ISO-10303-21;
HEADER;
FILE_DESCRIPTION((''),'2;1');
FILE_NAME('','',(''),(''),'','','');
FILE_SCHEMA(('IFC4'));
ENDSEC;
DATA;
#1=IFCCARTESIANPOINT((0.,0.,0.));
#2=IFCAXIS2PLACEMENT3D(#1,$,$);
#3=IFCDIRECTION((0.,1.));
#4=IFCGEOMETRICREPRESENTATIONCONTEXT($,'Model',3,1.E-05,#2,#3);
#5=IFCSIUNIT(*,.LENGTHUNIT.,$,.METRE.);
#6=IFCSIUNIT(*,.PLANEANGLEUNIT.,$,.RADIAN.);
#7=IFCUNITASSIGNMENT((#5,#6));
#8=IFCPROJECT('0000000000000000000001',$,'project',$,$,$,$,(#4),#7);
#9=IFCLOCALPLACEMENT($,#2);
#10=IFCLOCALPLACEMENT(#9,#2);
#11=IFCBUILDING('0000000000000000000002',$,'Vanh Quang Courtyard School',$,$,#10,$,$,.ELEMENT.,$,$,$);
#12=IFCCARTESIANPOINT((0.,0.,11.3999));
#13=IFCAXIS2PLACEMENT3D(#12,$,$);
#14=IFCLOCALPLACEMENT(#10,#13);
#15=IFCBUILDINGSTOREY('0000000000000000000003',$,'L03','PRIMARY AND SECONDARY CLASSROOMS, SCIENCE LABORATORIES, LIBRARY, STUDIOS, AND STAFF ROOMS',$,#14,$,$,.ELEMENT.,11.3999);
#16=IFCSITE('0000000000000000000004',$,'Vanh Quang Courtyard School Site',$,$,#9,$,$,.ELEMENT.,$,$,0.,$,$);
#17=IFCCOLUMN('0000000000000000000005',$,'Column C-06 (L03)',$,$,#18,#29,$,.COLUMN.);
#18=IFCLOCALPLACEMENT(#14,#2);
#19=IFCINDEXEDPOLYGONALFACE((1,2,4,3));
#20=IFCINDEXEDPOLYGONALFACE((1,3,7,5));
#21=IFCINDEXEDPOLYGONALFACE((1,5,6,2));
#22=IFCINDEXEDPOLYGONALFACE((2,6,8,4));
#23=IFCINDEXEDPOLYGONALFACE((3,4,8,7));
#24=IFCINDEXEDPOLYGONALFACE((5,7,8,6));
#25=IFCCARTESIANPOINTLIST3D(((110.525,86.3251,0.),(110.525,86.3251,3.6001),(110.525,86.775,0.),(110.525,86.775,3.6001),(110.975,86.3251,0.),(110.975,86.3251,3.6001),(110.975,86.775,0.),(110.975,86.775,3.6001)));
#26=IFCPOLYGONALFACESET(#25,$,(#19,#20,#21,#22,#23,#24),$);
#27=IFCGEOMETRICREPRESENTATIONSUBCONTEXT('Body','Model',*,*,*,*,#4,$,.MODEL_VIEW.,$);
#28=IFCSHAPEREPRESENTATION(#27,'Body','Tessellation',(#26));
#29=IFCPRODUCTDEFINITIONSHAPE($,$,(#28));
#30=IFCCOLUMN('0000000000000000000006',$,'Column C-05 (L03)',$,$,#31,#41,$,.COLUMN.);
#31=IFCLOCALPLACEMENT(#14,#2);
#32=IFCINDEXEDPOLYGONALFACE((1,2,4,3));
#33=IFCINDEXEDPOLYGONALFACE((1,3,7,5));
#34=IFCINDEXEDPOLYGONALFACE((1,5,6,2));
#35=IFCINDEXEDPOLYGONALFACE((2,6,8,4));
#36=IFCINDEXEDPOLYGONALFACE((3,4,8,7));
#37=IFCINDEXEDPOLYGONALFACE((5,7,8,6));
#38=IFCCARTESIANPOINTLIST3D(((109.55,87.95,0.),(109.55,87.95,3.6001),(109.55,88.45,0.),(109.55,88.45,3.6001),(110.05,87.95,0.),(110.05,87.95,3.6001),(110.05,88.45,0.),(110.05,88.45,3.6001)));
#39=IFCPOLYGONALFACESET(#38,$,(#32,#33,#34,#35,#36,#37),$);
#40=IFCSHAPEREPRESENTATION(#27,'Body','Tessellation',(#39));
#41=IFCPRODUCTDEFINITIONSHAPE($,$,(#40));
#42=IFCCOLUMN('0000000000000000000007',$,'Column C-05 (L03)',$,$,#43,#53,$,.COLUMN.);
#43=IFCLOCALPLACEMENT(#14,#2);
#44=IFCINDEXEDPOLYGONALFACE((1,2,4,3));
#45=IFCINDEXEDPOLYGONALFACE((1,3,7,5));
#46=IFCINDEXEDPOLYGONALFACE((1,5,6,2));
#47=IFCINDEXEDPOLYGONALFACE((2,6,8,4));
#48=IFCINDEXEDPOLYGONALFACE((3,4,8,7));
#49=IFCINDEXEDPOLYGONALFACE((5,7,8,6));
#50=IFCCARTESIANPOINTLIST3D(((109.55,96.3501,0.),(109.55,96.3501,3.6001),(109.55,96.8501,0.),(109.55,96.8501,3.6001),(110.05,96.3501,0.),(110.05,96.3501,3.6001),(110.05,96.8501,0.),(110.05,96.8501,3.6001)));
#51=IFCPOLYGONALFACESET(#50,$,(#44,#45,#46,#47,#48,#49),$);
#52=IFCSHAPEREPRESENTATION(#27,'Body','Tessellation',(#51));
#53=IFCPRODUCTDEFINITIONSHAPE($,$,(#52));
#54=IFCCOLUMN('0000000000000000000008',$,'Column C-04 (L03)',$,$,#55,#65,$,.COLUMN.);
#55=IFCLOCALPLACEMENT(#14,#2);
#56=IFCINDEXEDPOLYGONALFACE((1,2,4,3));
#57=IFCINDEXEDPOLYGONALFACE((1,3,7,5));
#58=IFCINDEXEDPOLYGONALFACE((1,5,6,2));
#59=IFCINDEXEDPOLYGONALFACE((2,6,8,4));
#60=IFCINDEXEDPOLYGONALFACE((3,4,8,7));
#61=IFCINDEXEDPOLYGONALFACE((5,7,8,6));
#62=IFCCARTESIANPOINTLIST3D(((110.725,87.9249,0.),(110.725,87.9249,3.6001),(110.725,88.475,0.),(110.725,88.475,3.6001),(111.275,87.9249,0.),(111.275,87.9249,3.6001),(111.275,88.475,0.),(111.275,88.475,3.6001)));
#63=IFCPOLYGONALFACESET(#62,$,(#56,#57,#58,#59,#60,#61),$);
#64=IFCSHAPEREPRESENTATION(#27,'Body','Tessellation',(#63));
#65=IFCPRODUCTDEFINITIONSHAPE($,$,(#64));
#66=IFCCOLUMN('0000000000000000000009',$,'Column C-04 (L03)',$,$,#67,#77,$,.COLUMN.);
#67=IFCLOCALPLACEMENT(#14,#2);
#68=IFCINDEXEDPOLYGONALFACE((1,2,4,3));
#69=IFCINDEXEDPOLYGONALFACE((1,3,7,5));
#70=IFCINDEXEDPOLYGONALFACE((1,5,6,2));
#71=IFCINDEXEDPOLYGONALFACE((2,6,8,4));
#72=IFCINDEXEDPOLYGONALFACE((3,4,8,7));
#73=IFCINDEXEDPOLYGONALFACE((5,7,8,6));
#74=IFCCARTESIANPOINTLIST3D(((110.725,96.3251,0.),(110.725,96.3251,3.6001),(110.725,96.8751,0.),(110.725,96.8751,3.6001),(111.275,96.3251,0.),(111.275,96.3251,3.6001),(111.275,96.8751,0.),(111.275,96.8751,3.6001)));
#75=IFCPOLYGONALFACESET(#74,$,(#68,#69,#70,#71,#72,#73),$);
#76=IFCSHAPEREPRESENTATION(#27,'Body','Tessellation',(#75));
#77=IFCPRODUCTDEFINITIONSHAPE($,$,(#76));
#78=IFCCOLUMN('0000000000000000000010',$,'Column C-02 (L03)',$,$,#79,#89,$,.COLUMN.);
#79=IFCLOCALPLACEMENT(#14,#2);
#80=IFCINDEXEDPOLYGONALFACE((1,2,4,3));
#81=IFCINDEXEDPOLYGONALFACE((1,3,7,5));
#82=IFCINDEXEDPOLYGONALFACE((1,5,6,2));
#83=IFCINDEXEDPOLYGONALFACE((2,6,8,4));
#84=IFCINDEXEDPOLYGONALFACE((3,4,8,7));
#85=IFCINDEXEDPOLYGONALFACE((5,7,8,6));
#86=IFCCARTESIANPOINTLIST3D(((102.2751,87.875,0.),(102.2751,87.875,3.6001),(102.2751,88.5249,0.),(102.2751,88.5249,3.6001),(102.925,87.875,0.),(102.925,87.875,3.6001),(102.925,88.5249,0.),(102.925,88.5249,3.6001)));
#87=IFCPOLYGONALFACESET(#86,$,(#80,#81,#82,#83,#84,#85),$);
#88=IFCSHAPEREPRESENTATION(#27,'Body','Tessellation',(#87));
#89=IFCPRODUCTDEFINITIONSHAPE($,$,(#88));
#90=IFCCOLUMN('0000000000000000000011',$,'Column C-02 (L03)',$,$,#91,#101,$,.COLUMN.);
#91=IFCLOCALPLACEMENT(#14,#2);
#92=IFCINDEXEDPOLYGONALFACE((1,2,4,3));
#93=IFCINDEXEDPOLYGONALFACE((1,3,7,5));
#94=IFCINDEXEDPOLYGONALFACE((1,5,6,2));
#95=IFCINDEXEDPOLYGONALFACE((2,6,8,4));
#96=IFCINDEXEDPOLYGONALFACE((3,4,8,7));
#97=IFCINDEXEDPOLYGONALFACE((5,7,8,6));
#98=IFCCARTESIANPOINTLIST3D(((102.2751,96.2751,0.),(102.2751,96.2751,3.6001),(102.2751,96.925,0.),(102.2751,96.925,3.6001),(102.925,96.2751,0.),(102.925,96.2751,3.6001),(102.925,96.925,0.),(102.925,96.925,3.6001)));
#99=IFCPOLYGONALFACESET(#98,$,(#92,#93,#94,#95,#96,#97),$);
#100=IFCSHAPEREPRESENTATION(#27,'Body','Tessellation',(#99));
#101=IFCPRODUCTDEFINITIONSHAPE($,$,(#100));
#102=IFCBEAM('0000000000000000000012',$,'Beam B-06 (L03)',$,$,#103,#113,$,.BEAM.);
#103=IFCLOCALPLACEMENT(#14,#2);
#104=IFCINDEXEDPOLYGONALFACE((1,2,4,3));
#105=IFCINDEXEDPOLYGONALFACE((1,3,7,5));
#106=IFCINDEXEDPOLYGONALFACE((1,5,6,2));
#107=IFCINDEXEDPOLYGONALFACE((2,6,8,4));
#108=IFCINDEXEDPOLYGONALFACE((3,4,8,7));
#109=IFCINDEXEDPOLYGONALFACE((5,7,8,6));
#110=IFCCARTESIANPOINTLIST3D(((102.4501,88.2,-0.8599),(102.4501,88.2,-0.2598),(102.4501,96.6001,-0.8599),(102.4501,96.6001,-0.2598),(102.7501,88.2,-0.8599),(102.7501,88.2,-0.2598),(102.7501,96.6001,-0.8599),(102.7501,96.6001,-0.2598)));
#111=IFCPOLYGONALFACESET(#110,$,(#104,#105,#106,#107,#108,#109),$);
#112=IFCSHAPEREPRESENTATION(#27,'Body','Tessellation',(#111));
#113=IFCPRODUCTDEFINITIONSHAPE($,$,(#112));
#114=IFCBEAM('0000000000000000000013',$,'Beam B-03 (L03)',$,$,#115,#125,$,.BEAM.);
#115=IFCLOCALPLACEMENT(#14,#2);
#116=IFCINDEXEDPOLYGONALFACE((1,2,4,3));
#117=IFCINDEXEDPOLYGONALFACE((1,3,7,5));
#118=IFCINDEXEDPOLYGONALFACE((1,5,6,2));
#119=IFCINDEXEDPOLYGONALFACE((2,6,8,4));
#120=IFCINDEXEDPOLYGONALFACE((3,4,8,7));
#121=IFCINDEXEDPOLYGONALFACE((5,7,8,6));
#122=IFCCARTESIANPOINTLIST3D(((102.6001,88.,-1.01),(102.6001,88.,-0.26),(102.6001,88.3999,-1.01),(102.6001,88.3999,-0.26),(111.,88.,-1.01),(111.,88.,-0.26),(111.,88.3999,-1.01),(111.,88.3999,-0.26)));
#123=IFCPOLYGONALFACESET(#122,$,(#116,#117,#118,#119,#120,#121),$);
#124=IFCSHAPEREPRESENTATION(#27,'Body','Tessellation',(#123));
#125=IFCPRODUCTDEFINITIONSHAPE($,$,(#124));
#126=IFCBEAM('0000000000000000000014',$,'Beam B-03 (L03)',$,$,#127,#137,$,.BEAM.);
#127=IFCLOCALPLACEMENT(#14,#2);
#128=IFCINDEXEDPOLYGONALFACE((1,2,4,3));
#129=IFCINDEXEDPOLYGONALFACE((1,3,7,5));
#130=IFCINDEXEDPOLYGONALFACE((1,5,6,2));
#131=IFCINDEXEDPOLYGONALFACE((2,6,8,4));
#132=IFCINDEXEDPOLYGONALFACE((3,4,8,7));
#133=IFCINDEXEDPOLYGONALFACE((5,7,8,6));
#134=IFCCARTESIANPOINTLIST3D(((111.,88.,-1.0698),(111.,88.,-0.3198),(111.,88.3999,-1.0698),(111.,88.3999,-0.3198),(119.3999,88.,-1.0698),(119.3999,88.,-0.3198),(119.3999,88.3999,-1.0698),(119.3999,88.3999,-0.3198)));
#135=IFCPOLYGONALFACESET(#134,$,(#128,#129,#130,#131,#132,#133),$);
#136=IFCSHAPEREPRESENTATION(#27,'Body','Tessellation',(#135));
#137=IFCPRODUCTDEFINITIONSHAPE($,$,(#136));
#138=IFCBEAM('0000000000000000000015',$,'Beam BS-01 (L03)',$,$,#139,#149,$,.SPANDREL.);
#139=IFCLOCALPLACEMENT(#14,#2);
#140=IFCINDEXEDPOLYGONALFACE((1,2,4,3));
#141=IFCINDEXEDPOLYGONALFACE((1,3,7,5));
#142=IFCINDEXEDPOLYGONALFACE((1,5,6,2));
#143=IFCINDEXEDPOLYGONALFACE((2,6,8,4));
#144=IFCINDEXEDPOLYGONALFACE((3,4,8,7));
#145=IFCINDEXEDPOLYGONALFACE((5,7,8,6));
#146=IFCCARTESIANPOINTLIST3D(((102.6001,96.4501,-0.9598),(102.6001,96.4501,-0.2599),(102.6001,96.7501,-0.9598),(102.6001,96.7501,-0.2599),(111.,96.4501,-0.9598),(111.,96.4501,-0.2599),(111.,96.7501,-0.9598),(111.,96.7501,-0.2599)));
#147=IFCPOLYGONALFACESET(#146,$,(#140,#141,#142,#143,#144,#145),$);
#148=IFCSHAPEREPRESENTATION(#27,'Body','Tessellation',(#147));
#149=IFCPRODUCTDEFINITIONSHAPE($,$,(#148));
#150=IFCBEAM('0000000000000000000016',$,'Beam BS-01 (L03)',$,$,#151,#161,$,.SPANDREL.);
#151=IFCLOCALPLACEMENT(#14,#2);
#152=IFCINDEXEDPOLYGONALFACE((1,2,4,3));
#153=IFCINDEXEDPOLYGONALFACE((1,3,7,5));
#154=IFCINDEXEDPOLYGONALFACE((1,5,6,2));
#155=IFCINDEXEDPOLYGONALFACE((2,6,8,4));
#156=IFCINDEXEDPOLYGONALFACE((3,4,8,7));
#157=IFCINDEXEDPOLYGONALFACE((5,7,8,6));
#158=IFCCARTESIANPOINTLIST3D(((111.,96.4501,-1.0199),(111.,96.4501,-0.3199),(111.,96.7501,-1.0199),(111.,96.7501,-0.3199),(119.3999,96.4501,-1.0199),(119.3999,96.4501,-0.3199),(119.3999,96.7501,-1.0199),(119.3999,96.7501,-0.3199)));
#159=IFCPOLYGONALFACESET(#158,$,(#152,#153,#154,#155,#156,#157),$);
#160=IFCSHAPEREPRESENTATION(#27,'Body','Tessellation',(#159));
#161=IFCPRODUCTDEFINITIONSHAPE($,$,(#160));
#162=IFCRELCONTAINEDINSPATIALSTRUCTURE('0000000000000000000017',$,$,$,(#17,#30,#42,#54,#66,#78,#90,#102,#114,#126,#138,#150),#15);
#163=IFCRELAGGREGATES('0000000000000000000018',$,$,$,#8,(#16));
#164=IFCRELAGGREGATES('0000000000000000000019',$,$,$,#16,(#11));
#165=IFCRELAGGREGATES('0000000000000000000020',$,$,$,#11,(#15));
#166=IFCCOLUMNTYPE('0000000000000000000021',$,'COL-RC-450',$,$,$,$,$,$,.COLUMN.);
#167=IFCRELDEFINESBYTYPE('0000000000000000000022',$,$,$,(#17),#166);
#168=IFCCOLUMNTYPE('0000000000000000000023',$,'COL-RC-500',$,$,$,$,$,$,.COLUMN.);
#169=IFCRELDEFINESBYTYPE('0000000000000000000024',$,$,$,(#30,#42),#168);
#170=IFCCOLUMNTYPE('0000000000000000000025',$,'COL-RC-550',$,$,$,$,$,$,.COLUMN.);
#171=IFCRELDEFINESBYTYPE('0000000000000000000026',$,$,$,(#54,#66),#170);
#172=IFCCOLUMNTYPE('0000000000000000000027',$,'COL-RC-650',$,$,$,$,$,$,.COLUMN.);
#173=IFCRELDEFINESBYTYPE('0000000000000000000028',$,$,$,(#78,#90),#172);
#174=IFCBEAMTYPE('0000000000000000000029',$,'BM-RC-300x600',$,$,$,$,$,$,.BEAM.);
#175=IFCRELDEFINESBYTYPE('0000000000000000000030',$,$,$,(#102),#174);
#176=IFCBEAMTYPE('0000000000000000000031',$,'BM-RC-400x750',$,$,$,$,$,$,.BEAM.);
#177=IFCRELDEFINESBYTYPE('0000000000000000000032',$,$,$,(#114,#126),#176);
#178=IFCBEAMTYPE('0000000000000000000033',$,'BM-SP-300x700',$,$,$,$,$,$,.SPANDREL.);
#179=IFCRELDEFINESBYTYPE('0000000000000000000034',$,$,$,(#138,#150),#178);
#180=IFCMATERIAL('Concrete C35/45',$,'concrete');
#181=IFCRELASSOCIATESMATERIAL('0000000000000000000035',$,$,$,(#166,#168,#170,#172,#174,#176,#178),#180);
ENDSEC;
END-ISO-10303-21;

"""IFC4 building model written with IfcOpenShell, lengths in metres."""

from ifc_helpers import new_model, si_unit, direction, frame, origin, origin_2d, place, context, subcontext, project, spatial, rectangle, extrude, material, material_profile, profile_set, type_object, element, save


model = new_model("IFC4")

# Units and contexts
model_context = context("Model", 3, precision=1e-05, world=origin(), true_north=direction((0.0, 1.0)))
body_context = subcontext(model_context, "Body", "Model", "MODEL_VIEW")
ifc_project = project(units=[si_unit("LENGTHUNIT", "METRE"), si_unit("PLANEANGLEUNIT", "RADIAN")], contexts=[model_context])

# Site, building, storey
site_placement = place(None, origin())
site = spatial("IfcSite", under=ifc_project, at=site_placement, Name="Vanh Quang Courtyard School Site", CompositionType="ELEMENT", RefElevation=0.0)
building_placement = place(site_placement, origin())
building = spatial("IfcBuilding", under=site, at=building_placement, Name="Vanh Quang Courtyard School", CompositionType="ELEMENT")
storey_placement = place(building_placement, frame((0.0, 0.0, 11.3999)))
storey = spatial("IfcBuildingStorey", under=building, at=storey_placement, Name="L03", Description="PRIMARY AND SECONDARY CLASSROOMS, SCIENCE LABORATORIES, LIBRARY, STUDIOS, AND STAFF ROOMS", CompositionType="ELEMENT", Elevation=11.3999)

# Columns
ifc_material_1 = material(Name="Concrete C35/45", Category="concrete")
ifc_material_profile_1 = material_profile(ifc_material_1, rectangle(XDim=0.45, YDim=0.45, at=origin_2d()), Name="RC-COL 450x450")
ifc_profile_set_1 = profile_set([ifc_material_profile_1], Name="Concrete C35/45")
column_type_1 = type_object("IfcColumnType", Name="COL-RC-450", PredefinedType="COLUMN", material=ifc_profile_set_1)
column_placement = place(storey_placement, frame((110.75, 86.55, 0.0), z_axis=(0.0, 0.0, 1.0), x_axis=(1.0, 0.0, 0.0)))
element("IfcColumn", 1, at=column_placement, inside=storey, type_object=column_type_1, Name="Column C-06 (L03)", PredefinedType="COLUMN", context=body_context, shape_type="SweptSolid", body=[
    extrude(rectangle(XDim=0.45, YDim=0.45, at=origin_2d()), origin(), (0.0, 0.0, 1.0), 3.6001),
])
ifc_material_profile_2 = material_profile(ifc_material_1, rectangle(XDim=0.5, YDim=0.5, at=origin_2d()), Name="RC-COL 500x500")
ifc_profile_set_2 = profile_set([ifc_material_profile_2], Name="Concrete C35/45")
column_type_2 = type_object("IfcColumnType", Name="COL-RC-500", PredefinedType="COLUMN", material=ifc_profile_set_2)
for number, where, z_axis, x_axis, name in (
    (2, (109.8, 88.2, 0.0), (0.0, 0.0, 1.0), (1.0, 0.0, 0.0), "Column C-05 (L03)"),
    (3, (109.8, 96.6001, 0.0), (0.0, 0.0, 1.0), (1.0, 0.0, 0.0), "Column C-05 (L03)"),
):
    element("IfcColumn", number, at=place(storey_placement, frame(where, z_axis=z_axis, x_axis=x_axis)), inside=storey, type_object=column_type_2, Name=name, PredefinedType="COLUMN", context=body_context, shape_type="SweptSolid", body=[
        extrude(rectangle(XDim=0.5, YDim=0.5, at=origin_2d()), origin(), (0.0, 0.0, 1.0), 3.6001),
    ])
ifc_material_profile_3 = material_profile(ifc_material_1, rectangle(XDim=0.55, YDim=0.55, at=origin_2d()), Name="RC-COL 550x550")
ifc_profile_set_3 = profile_set([ifc_material_profile_3], Name="Concrete C35/45")
column_type_3 = type_object("IfcColumnType", Name="COL-RC-550", PredefinedType="COLUMN", material=ifc_profile_set_3)
for number, where, z_axis, x_axis, name in (
    (4, (111.0, 88.2, 0.0), (0.0, 0.0, 1.0), (1.0, 0.0, 0.0), "Column C-04 (L03)"),
    (5, (111.0, 96.6001, 0.0), (0.0, 0.0, 1.0), (1.0, 0.0, 0.0), "Column C-04 (L03)"),
):
    element("IfcColumn", number, at=place(storey_placement, frame(where, z_axis=z_axis, x_axis=x_axis)), inside=storey, type_object=column_type_3, Name=name, PredefinedType="COLUMN", context=body_context, shape_type="SweptSolid", body=[
        extrude(rectangle(XDim=0.55, YDim=0.55, at=origin_2d()), origin(), (0.0, 0.0, 1.0), 3.6001),
    ])
ifc_material_profile_4 = material_profile(ifc_material_1, rectangle(XDim=0.6499, YDim=0.6499, at=origin_2d()), Name="RC-COL 650x650")
ifc_profile_set_4 = profile_set([ifc_material_profile_4], Name="Concrete C35/45")
column_type_4 = type_object("IfcColumnType", Name="COL-RC-650", PredefinedType="COLUMN", material=ifc_profile_set_4)
for number, where, z_axis, x_axis, name in (
    (6, (102.6001, 88.2, 0.0), (0.0, 0.0, 1.0), (1.0, 0.0, 0.0), "Column C-02 (L03)"),
    (7, (102.6001, 96.6001, 0.0), (0.0, 0.0, 1.0), (1.0, 0.0, 0.0), "Column C-02 (L03)"),
):
    element("IfcColumn", number, at=place(storey_placement, frame(where, z_axis=z_axis, x_axis=x_axis)), inside=storey, type_object=column_type_4, Name=name, PredefinedType="COLUMN", context=body_context, shape_type="SweptSolid", body=[
        extrude(rectangle(XDim=0.6499, YDim=0.6499, at=origin_2d()), origin(), (0.0, 0.0, 1.0), 3.6001),
    ])

# Beams
ifc_material_profile_5 = material_profile(ifc_material_1, rectangle(XDim=0.3, YDim=0.6001, at=origin_2d()), Name="RC-BM 300x600")
ifc_profile_set_5 = profile_set([ifc_material_profile_5], Name="Concrete C35/45")
beam_type_1 = type_object("IfcBeamType", Name="BM-RC-300x600", PredefinedType="BEAM", material=ifc_profile_set_5)
beam_1_placement = place(storey_placement, frame((102.6001, 88.2, -0.5598), z_axis=(0.0, 1.0, 0.0), x_axis=(-1.0, 0.0, 0.0)))
element("IfcBeam", 8, at=beam_1_placement, inside=storey, type_object=beam_type_1, Name="Beam B-06 (L03)", PredefinedType="BEAM", context=body_context, shape_type="SweptSolid", body=[
    extrude(rectangle(XDim=0.3, YDim=0.6001, at=origin_2d()), origin(), (0.0, 0.0, 1.0), 8.4001),
])
ifc_material_profile_6 = material_profile(ifc_material_1, rectangle(XDim=0.3999, YDim=0.75, at=origin_2d()), Name="RC-BM 400x750")
ifc_profile_set_6 = profile_set([ifc_material_profile_6], Name="Concrete C35/45")
beam_type_2 = type_object("IfcBeamType", Name="BM-RC-400x750", PredefinedType="BEAM", material=ifc_profile_set_6)
for number, where, z_axis, x_axis, name in (
    (9, (102.6001, 88.2, -0.635), (1.0, 0.0, 0.0), (0.0, 1.0, 0.0), "Beam B-03 (L03)"),
    (10, (111.0, 88.2, -0.6948), (1.0, 0.0, 0.0), (0.0, 1.0, 0.0), "Beam B-03 (L03)"),
):
    element("IfcBeam", number, at=place(storey_placement, frame(where, z_axis=z_axis, x_axis=x_axis)), inside=storey, type_object=beam_type_2, Name=name, PredefinedType="BEAM", context=body_context, shape_type="SweptSolid", body=[
        extrude(rectangle(XDim=0.3999, YDim=0.75, at=origin_2d()), origin(), (0.0, 0.0, 1.0), 8.3999),
    ])
ifc_material_profile_7 = material_profile(ifc_material_1, rectangle(XDim=0.3, YDim=0.7, at=origin_2d()), Name="RC-SP 300x700")
ifc_profile_set_7 = profile_set([ifc_material_profile_7], Name="Concrete C35/45")
beam_type_3 = type_object("IfcBeamType", Name="BM-SP-300x700", PredefinedType="SPANDREL", material=ifc_profile_set_7)
for number, where, z_axis, x_axis, name in (
    (11, (102.6001, 96.6001, -0.6099), (1.0, 0.0, 0.0), (0.0, 1.0, 0.0), "Beam BS-01 (L03)"),
    (12, (111.0, 96.6001, -0.6699), (1.0, 0.0, 0.0), (0.0, 1.0, 0.0), "Beam BS-01 (L03)"),
):
    element("IfcBeam", number, at=place(storey_placement, frame(where, z_axis=z_axis, x_axis=x_axis)), inside=storey, type_object=beam_type_3, Name=name, PredefinedType="SPANDREL", context=body_context, shape_type="SweptSolid", body=[
        extrude(rectangle(XDim=0.3, YDim=0.7, at=origin_2d()), origin(), (0.0, 0.0, 1.0), 8.3999),
    ])

save(model, "model.ifc")
